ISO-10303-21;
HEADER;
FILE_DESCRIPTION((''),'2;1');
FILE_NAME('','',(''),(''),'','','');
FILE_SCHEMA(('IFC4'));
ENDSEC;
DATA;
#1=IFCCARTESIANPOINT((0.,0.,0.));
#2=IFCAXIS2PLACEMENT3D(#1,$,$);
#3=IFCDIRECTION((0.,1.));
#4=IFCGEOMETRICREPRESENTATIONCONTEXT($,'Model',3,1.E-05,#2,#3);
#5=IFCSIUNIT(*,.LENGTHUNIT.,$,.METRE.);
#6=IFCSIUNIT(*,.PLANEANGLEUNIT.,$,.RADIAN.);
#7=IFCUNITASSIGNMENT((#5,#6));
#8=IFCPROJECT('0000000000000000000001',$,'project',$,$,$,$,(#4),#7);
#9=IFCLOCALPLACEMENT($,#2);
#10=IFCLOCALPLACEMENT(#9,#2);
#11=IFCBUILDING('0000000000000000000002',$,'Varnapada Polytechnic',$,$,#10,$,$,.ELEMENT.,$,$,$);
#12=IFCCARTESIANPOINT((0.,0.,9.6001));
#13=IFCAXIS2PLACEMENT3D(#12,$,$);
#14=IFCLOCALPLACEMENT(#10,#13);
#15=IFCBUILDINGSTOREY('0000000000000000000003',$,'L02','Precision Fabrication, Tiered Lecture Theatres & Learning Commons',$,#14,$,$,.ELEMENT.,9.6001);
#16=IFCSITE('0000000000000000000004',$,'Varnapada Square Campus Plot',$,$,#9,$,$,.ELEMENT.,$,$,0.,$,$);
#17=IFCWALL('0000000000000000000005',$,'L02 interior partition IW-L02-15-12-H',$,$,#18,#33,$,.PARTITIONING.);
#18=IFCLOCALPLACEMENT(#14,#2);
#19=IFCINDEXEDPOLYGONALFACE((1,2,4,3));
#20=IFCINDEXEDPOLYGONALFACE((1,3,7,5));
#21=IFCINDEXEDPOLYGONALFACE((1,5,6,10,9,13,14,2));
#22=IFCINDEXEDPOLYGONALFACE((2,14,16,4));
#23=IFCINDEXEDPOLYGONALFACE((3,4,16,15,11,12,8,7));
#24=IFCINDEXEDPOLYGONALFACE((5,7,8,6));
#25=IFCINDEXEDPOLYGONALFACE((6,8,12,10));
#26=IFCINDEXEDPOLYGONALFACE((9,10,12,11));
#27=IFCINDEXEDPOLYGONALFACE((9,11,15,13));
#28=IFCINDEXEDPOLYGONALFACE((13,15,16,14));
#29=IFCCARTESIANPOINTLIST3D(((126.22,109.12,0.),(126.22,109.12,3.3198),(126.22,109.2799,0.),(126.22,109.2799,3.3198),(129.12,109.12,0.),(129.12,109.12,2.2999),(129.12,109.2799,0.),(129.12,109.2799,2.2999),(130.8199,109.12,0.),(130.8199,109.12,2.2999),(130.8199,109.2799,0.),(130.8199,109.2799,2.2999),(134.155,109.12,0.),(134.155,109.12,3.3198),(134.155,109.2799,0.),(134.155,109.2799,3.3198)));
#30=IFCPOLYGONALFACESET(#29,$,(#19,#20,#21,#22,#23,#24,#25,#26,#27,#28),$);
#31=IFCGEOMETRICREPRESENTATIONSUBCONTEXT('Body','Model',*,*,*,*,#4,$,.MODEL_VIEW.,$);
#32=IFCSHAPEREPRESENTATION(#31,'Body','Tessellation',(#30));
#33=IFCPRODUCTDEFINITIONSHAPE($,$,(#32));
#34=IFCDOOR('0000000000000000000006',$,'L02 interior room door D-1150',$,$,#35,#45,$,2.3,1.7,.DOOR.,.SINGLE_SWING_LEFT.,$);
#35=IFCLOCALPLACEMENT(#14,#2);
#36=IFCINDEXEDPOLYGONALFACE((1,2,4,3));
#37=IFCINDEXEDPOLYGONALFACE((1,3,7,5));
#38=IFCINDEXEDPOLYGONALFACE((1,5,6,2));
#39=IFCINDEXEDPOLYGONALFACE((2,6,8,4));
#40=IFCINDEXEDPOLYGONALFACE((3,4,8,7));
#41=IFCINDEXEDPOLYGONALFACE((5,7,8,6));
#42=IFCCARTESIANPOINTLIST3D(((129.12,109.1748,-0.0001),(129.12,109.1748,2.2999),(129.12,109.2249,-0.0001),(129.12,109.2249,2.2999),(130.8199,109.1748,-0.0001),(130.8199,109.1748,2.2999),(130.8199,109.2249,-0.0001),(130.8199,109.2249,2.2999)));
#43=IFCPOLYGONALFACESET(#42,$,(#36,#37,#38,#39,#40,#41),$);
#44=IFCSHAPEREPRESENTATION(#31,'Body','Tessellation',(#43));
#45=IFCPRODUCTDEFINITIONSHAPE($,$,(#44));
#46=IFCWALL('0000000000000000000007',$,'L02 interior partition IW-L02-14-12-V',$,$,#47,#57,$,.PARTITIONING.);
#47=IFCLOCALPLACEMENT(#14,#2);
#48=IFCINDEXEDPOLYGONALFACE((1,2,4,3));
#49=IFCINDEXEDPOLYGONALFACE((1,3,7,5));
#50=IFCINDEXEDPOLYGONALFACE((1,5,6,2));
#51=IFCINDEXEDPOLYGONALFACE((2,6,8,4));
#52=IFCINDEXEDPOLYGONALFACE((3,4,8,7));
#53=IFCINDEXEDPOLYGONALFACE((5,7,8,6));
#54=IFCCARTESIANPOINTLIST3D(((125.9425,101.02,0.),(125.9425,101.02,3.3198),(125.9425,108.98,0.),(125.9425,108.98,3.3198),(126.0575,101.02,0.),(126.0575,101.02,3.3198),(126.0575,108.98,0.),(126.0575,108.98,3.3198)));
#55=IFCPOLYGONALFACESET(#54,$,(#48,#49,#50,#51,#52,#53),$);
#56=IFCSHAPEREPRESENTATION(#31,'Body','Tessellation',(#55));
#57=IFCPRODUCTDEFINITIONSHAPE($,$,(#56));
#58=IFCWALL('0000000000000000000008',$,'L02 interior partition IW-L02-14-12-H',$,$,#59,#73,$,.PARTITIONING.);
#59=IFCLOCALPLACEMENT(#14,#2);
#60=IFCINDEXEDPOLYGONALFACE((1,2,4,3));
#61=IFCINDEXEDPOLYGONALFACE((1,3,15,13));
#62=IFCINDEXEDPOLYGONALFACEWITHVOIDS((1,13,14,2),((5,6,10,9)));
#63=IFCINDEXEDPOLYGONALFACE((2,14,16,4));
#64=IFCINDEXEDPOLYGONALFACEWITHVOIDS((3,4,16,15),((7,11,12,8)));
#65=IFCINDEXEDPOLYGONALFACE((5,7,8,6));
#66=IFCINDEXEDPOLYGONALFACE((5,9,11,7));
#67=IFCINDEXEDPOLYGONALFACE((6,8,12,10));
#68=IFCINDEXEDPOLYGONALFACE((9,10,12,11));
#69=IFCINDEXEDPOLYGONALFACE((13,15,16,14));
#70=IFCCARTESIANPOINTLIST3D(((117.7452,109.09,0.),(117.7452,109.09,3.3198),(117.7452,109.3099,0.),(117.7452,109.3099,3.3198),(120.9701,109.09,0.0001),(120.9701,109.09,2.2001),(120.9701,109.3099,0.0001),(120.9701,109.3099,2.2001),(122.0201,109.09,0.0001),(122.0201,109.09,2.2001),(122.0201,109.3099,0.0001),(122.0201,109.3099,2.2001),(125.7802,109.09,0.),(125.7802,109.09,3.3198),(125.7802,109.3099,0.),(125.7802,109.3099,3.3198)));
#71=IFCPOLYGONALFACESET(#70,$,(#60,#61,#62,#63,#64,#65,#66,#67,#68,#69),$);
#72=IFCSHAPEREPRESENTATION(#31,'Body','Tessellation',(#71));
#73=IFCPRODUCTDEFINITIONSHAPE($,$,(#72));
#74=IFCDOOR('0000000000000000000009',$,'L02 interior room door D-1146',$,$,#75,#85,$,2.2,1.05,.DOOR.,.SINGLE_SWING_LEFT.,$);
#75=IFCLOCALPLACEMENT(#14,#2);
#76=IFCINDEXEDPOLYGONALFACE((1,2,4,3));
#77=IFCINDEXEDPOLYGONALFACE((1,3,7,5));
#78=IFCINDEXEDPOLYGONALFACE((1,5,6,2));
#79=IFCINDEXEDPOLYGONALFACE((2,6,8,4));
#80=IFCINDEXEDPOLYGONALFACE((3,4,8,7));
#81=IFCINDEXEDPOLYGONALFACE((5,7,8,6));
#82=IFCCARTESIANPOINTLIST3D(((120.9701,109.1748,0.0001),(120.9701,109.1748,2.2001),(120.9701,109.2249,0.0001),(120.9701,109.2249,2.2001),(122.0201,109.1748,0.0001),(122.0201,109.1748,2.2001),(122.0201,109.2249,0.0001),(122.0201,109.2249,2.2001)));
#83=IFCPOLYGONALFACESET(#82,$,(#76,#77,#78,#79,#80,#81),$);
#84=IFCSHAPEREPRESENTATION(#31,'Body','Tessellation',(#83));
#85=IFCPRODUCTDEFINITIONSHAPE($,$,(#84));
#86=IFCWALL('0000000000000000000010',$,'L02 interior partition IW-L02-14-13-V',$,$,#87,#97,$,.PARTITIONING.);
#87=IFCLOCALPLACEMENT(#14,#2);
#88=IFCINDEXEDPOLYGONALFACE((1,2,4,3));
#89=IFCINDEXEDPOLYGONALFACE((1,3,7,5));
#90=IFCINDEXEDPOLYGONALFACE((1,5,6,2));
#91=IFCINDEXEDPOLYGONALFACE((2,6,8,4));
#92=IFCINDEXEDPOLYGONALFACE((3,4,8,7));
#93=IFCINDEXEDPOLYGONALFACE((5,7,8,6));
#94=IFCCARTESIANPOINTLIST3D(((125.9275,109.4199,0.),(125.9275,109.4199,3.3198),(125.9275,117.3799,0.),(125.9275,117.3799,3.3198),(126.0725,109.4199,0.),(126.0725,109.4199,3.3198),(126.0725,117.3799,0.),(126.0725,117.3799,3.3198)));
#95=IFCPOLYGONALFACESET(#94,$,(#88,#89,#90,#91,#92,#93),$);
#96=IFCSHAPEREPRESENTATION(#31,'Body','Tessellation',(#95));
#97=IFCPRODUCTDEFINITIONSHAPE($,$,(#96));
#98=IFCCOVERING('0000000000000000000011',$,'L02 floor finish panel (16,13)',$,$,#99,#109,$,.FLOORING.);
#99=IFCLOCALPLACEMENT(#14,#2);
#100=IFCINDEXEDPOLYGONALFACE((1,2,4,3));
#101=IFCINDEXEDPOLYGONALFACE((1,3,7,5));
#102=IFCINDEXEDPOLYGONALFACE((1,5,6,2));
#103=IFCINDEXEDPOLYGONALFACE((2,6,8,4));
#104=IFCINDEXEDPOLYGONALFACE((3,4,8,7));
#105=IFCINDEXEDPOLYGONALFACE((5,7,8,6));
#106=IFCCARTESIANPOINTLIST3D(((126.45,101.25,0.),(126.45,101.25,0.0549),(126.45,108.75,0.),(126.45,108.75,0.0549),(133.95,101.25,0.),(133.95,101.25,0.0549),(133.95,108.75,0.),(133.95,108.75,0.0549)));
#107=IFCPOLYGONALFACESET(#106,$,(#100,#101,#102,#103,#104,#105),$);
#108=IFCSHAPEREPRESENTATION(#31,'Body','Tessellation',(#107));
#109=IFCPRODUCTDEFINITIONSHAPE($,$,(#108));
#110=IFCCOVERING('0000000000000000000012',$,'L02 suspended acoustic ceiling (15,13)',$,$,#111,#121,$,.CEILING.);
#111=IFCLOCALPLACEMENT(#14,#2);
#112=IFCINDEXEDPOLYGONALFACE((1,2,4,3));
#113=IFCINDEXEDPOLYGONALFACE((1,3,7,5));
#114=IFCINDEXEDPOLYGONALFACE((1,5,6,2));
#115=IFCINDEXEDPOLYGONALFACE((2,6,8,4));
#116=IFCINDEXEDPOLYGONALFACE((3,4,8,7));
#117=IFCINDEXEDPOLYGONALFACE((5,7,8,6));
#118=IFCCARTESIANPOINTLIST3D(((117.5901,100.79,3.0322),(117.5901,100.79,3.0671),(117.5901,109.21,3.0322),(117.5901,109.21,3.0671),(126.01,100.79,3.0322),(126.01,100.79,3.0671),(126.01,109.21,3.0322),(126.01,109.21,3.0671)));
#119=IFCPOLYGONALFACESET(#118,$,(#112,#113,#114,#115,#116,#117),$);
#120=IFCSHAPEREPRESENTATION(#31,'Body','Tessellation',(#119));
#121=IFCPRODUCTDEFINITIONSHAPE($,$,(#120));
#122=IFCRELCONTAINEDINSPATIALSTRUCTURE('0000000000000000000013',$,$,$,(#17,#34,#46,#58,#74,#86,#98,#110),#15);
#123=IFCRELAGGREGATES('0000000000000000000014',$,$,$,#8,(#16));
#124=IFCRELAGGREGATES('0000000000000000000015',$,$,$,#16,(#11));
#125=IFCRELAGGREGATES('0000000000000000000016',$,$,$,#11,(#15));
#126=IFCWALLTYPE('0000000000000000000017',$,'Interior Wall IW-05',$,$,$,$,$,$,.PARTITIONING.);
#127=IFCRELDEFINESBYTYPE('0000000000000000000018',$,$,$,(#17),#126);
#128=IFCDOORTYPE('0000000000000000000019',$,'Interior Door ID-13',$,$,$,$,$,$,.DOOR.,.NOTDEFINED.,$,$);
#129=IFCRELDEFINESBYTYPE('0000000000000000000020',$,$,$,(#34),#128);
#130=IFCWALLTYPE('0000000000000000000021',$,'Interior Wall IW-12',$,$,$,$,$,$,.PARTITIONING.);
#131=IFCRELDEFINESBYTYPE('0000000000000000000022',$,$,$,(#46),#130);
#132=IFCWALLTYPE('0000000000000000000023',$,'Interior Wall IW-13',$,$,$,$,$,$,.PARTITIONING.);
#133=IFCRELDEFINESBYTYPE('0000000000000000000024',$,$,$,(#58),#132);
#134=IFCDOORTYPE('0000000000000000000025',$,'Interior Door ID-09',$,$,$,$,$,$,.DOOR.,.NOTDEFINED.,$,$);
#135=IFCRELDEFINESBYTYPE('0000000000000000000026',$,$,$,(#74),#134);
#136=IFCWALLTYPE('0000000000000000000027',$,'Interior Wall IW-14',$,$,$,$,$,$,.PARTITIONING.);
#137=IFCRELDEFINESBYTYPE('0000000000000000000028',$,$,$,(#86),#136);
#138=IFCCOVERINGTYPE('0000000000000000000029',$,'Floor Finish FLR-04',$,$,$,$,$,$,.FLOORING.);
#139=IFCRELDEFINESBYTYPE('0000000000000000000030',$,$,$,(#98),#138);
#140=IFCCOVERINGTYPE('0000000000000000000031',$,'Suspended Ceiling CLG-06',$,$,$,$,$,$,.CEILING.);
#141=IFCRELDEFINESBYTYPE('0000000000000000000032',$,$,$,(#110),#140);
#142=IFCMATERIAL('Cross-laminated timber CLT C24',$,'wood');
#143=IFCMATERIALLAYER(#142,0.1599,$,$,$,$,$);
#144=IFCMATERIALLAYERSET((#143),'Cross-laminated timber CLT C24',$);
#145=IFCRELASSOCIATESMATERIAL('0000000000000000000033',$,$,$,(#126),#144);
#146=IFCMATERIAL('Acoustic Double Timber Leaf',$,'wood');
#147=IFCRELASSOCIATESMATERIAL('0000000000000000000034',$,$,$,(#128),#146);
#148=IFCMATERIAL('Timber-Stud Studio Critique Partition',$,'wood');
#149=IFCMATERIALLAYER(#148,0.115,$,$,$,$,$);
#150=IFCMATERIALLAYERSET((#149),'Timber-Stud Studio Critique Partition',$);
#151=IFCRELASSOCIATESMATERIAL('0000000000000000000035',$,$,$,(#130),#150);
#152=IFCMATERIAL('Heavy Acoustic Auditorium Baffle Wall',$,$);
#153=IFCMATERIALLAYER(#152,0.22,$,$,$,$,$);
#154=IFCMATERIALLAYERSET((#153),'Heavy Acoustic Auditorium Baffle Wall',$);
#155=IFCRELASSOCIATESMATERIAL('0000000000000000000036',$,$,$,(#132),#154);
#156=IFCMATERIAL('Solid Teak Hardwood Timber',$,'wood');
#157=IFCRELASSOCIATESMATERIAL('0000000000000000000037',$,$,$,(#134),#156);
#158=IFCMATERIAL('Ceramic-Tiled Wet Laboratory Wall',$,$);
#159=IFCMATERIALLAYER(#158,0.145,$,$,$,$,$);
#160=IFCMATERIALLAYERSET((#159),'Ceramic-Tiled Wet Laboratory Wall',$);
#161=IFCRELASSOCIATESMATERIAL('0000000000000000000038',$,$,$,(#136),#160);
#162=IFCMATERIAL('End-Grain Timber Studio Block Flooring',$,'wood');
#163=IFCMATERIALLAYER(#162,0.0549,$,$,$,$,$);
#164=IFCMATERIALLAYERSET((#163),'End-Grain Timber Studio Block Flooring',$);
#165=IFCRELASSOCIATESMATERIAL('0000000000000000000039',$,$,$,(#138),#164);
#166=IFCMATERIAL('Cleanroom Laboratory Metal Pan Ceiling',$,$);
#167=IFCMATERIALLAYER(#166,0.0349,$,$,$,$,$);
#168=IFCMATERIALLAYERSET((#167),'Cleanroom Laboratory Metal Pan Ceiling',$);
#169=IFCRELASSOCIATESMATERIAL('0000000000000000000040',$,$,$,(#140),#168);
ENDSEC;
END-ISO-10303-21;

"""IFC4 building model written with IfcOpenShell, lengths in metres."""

from ifc_helpers import new_model, si_unit, direction, frame, frame_2d, origin, origin_2d, place, context, subcontext, project, spatial, rectangle, extrude, material, layer, layer_set, type_object, element, fill, save


model = new_model("IFC4")

# Units and contexts
model_context = context("Model", 3, precision=1e-05, world=origin(), true_north=direction((0.0, 1.0)))
body_context = subcontext(model_context, "Body", "Model", "MODEL_VIEW")
ifc_project = project(units=[si_unit("LENGTHUNIT", "METRE"), si_unit("PLANEANGLEUNIT", "RADIAN")], contexts=[model_context])

# Site, building, storey
site_placement = place(None, origin())
site = spatial("IfcSite", under=ifc_project, at=site_placement, Name="Varnapada Square Campus Plot", CompositionType="ELEMENT", RefElevation=0.0)
building_placement = place(site_placement, origin())
building = spatial("IfcBuilding", under=site, at=building_placement, Name="Varnapada Polytechnic", CompositionType="ELEMENT")
storey_placement = place(building_placement, frame((0.0, 0.0, 9.6001)))
storey = spatial("IfcBuildingStorey", under=building, at=storey_placement, Name="L02", Description="Precision Fabrication, Tiered Lecture Theatres & Learning Commons", CompositionType="ELEMENT", Elevation=9.6001)

# Wall, opening, door
ifc_material_1 = material(Name="Cross-laminated timber CLT C24", Category="wood")
ifc_layer_1 = layer(ifc_material_1, 0.1599)
ifc_layer_set_1 = layer_set([ifc_layer_1], Name="Cross-laminated timber CLT C24")
wall_type_1 = type_object("IfcWallType", Name="Interior Wall IW-05", PredefinedType="PARTITIONING", material=ifc_layer_set_1)
wall_1_placement = place(storey_placement, frame((126.22, 109.2, 0.0), z_axis=(0.0, 0.0, 1.0), x_axis=(1.0, 0.0, 0.0)))
wall_1 = element("IfcWall", 1, at=wall_1_placement, inside=storey, type_object=wall_type_1, Name="L02 interior partition IW-L02-15-12-H", PredefinedType="PARTITIONING", context=body_context, shape_type="SweptSolid", body=[
    extrude(rectangle(XDim=7.9351, YDim=0.1599, at=frame_2d((3.9675, 0.0))), origin(), (0.0, 0.0, 1.0), 3.3198),
])
opening_1_placement = place(wall_1_placement, frame((2.8999, 0.0, 0.0)))
opening_1 = element("IfcOpeningElement", 2, at=opening_1_placement, cuts=wall_1, PredefinedType="OPENING", context=body_context, shape_type="SweptSolid", body=[
    extrude(rectangle(XDim=1.7, YDim=2.3, at=frame_2d((0.8501, 1.1499))), frame((0.0, 0.0898, 0.0), z_axis=(0.0, -1.0, 0.0), x_axis=(1.0, 0.0, 0.0)), (0.0, 0.0, 1.0), 0.1799),
])
ifc_material_2 = material(Name="Acoustic Double Timber Leaf", Category="wood")
door_type_1 = type_object("IfcDoorType", Name="Interior Door ID-13", OperationType="NOTDEFINED", PredefinedType="DOOR", material=ifc_material_2)
door_1_placement = place(opening_1_placement, origin())
door_1 = element("IfcDoor", 3, at=door_1_placement, inside=storey, type_object=door_type_1, Name="L02 interior room door D-1150", OperationType="SINGLE_SWING_LEFT", OverallHeight=2.3, OverallWidth=1.7, PredefinedType="DOOR", context=body_context, shape_type="SweptSolid", body=[
    extrude(rectangle(XDim=1.7, YDim=2.3, at=frame_2d((0.8501, 1.1499))), frame((0.0, 0.0249, 0.0), z_axis=(0.0, -1.0, 0.0), x_axis=(1.0, 0.0, 0.0)), (0.0, 0.0, 1.0), 0.05),
])
fill(opening_1, door_1)

# Wall
ifc_material_3 = material(Name="Timber-Stud Studio Critique Partition", Category="wood")
ifc_layer_2 = layer(ifc_material_3, 0.115)
ifc_layer_set_2 = layer_set([ifc_layer_2], Name="Timber-Stud Studio Critique Partition")
wall_type_2 = type_object("IfcWallType", Name="Interior Wall IW-12", PredefinedType="PARTITIONING", material=ifc_layer_set_2)
wall_2_placement = place(storey_placement, frame((126.0, 101.02, 0.0), z_axis=(0.0, 0.0, 1.0), x_axis=(0.0, 1.0, 0.0)))
element("IfcWall", 4, at=wall_2_placement, inside=storey, type_object=wall_type_2, Name="L02 interior partition IW-L02-14-12-V", PredefinedType="PARTITIONING", context=body_context, shape_type="SweptSolid", body=[
    extrude(rectangle(XDim=7.96, YDim=0.115, at=frame_2d((3.98, 0.0))), origin(), (0.0, 0.0, 1.0), 3.3198),
])

# Wall, opening, door
ifc_material_4 = material(Name="Heavy Acoustic Auditorium Baffle Wall")
ifc_layer_3 = layer(ifc_material_4, 0.22)
ifc_layer_set_3 = layer_set([ifc_layer_3], Name="Heavy Acoustic Auditorium Baffle Wall")
wall_type_3 = type_object("IfcWallType", Name="Interior Wall IW-13", PredefinedType="PARTITIONING", material=ifc_layer_set_3)
wall_3_placement = place(storey_placement, frame((117.7451, 109.2, 0.0), z_axis=(0.0, 0.0, 1.0), x_axis=(1.0, 0.0, 0.0)))
wall_3 = element("IfcWall", 5, at=wall_3_placement, inside=storey, type_object=wall_type_3, Name="L02 interior partition IW-L02-14-12-H", PredefinedType="PARTITIONING", context=body_context, shape_type="SweptSolid", body=[
    extrude(rectangle(XDim=8.0349, YDim=0.22, at=frame_2d((4.0176, 0.0))), origin(), (0.0, 0.0, 1.0), 3.3198),
])
opening_2_placement = place(wall_3_placement, frame((3.2251, 0.0, 0.0)))
opening_2 = element("IfcOpeningElement", 6, at=opening_2_placement, cuts=wall_3, PredefinedType="OPENING", context=body_context, shape_type="SweptSolid", body=[
    extrude(rectangle(XDim=1.05, YDim=2.2, at=frame_2d((0.5249, 1.1001))), frame((0.0, 0.1199, 0.0), z_axis=(0.0, -1.0, 0.0), x_axis=(1.0, 0.0, 0.0)), (0.0, 0.0, 1.0), 0.24),
])
ifc_material_5 = material(Name="Solid Teak Hardwood Timber", Category="wood")
door_type_2 = type_object("IfcDoorType", Name="Interior Door ID-09", OperationType="NOTDEFINED", PredefinedType="DOOR", material=ifc_material_5)
door_2_placement = place(opening_2_placement, origin())
door_2 = element("IfcDoor", 7, at=door_2_placement, inside=storey, type_object=door_type_2, Name="L02 interior room door D-1146", OperationType="SINGLE_SWING_LEFT", OverallHeight=2.2, OverallWidth=1.05, PredefinedType="DOOR", context=body_context, shape_type="SweptSolid", body=[
    extrude(rectangle(XDim=1.05, YDim=2.2, at=frame_2d((0.5249, 1.1001))), frame((0.0, 0.0249, 0.0), z_axis=(0.0, -1.0, 0.0), x_axis=(1.0, 0.0, 0.0)), (0.0, 0.0, 1.0), 0.05),
])
fill(opening_2, door_2)

# Wall
ifc_material_6 = material(Name="Ceramic-Tiled Wet Laboratory Wall")
ifc_layer_4 = layer(ifc_material_6, 0.145)
ifc_layer_set_4 = layer_set([ifc_layer_4], Name="Ceramic-Tiled Wet Laboratory Wall")
wall_type_4 = type_object("IfcWallType", Name="Interior Wall IW-14", PredefinedType="PARTITIONING", material=ifc_layer_set_4)
wall_4_placement = place(storey_placement, frame((126.0, 109.4199, 0.0), z_axis=(0.0, 0.0, 1.0), x_axis=(0.0, 1.0, 0.0)))
element("IfcWall", 8, at=wall_4_placement, inside=storey, type_object=wall_type_4, Name="L02 interior partition IW-L02-14-13-V", PredefinedType="PARTITIONING", context=body_context, shape_type="SweptSolid", body=[
    extrude(rectangle(XDim=7.96, YDim=0.145, at=frame_2d((3.98, 0.0))), origin(), (0.0, 0.0, 1.0), 3.3198),
])

# Coverings
ifc_material_7 = material(Name="End-Grain Timber Studio Block Flooring", Category="wood")
ifc_layer_5 = layer(ifc_material_7, 0.0549)
ifc_layer_set_5 = layer_set([ifc_layer_5], Name="End-Grain Timber Studio Block Flooring")
covering_type_1 = type_object("IfcCoveringType", Name="Floor Finish FLR-04", PredefinedType="FLOORING", material=ifc_layer_set_5)
covering_1_placement = place(storey_placement, frame((130.2, 105.0, 0.0), z_axis=(0.0, 0.0, 1.0), x_axis=(1.0, 0.0, 0.0)))
element("IfcCovering", 9, at=covering_1_placement, inside=storey, type_object=covering_type_1, Name="L02 floor finish panel (16,13)", PredefinedType="FLOORING", context=body_context, shape_type="SweptSolid", body=[
    extrude(rectangle(XDim=7.5, YDim=7.5, at=origin_2d()), origin(), (0.0, 0.0, 1.0), 0.0549),
])
ifc_material_8 = material(Name="Cleanroom Laboratory Metal Pan Ceiling")
ifc_layer_6 = layer(ifc_material_8, 0.0349)
ifc_layer_set_6 = layer_set([ifc_layer_6], Name="Cleanroom Laboratory Metal Pan Ceiling")
covering_type_2 = type_object("IfcCoveringType", Name="Suspended Ceiling CLG-06", PredefinedType="CEILING", material=ifc_layer_set_6)
covering_2_placement = place(storey_placement, frame((121.8, 105.0, 3.0322), z_axis=(0.0, 0.0, 1.0), x_axis=(1.0, 0.0, 0.0)))
element("IfcCovering", 10, at=covering_2_placement, inside=storey, type_object=covering_type_2, Name="L02 suspended acoustic ceiling (15,13)", PredefinedType="CEILING", context=body_context, shape_type="SweptSolid", body=[
    extrude(rectangle(XDim=8.4199, YDim=8.4199, at=origin_2d()), origin(), (0.0, 0.0, 1.0), 0.0349),
])

save(model, "model.ifc")
